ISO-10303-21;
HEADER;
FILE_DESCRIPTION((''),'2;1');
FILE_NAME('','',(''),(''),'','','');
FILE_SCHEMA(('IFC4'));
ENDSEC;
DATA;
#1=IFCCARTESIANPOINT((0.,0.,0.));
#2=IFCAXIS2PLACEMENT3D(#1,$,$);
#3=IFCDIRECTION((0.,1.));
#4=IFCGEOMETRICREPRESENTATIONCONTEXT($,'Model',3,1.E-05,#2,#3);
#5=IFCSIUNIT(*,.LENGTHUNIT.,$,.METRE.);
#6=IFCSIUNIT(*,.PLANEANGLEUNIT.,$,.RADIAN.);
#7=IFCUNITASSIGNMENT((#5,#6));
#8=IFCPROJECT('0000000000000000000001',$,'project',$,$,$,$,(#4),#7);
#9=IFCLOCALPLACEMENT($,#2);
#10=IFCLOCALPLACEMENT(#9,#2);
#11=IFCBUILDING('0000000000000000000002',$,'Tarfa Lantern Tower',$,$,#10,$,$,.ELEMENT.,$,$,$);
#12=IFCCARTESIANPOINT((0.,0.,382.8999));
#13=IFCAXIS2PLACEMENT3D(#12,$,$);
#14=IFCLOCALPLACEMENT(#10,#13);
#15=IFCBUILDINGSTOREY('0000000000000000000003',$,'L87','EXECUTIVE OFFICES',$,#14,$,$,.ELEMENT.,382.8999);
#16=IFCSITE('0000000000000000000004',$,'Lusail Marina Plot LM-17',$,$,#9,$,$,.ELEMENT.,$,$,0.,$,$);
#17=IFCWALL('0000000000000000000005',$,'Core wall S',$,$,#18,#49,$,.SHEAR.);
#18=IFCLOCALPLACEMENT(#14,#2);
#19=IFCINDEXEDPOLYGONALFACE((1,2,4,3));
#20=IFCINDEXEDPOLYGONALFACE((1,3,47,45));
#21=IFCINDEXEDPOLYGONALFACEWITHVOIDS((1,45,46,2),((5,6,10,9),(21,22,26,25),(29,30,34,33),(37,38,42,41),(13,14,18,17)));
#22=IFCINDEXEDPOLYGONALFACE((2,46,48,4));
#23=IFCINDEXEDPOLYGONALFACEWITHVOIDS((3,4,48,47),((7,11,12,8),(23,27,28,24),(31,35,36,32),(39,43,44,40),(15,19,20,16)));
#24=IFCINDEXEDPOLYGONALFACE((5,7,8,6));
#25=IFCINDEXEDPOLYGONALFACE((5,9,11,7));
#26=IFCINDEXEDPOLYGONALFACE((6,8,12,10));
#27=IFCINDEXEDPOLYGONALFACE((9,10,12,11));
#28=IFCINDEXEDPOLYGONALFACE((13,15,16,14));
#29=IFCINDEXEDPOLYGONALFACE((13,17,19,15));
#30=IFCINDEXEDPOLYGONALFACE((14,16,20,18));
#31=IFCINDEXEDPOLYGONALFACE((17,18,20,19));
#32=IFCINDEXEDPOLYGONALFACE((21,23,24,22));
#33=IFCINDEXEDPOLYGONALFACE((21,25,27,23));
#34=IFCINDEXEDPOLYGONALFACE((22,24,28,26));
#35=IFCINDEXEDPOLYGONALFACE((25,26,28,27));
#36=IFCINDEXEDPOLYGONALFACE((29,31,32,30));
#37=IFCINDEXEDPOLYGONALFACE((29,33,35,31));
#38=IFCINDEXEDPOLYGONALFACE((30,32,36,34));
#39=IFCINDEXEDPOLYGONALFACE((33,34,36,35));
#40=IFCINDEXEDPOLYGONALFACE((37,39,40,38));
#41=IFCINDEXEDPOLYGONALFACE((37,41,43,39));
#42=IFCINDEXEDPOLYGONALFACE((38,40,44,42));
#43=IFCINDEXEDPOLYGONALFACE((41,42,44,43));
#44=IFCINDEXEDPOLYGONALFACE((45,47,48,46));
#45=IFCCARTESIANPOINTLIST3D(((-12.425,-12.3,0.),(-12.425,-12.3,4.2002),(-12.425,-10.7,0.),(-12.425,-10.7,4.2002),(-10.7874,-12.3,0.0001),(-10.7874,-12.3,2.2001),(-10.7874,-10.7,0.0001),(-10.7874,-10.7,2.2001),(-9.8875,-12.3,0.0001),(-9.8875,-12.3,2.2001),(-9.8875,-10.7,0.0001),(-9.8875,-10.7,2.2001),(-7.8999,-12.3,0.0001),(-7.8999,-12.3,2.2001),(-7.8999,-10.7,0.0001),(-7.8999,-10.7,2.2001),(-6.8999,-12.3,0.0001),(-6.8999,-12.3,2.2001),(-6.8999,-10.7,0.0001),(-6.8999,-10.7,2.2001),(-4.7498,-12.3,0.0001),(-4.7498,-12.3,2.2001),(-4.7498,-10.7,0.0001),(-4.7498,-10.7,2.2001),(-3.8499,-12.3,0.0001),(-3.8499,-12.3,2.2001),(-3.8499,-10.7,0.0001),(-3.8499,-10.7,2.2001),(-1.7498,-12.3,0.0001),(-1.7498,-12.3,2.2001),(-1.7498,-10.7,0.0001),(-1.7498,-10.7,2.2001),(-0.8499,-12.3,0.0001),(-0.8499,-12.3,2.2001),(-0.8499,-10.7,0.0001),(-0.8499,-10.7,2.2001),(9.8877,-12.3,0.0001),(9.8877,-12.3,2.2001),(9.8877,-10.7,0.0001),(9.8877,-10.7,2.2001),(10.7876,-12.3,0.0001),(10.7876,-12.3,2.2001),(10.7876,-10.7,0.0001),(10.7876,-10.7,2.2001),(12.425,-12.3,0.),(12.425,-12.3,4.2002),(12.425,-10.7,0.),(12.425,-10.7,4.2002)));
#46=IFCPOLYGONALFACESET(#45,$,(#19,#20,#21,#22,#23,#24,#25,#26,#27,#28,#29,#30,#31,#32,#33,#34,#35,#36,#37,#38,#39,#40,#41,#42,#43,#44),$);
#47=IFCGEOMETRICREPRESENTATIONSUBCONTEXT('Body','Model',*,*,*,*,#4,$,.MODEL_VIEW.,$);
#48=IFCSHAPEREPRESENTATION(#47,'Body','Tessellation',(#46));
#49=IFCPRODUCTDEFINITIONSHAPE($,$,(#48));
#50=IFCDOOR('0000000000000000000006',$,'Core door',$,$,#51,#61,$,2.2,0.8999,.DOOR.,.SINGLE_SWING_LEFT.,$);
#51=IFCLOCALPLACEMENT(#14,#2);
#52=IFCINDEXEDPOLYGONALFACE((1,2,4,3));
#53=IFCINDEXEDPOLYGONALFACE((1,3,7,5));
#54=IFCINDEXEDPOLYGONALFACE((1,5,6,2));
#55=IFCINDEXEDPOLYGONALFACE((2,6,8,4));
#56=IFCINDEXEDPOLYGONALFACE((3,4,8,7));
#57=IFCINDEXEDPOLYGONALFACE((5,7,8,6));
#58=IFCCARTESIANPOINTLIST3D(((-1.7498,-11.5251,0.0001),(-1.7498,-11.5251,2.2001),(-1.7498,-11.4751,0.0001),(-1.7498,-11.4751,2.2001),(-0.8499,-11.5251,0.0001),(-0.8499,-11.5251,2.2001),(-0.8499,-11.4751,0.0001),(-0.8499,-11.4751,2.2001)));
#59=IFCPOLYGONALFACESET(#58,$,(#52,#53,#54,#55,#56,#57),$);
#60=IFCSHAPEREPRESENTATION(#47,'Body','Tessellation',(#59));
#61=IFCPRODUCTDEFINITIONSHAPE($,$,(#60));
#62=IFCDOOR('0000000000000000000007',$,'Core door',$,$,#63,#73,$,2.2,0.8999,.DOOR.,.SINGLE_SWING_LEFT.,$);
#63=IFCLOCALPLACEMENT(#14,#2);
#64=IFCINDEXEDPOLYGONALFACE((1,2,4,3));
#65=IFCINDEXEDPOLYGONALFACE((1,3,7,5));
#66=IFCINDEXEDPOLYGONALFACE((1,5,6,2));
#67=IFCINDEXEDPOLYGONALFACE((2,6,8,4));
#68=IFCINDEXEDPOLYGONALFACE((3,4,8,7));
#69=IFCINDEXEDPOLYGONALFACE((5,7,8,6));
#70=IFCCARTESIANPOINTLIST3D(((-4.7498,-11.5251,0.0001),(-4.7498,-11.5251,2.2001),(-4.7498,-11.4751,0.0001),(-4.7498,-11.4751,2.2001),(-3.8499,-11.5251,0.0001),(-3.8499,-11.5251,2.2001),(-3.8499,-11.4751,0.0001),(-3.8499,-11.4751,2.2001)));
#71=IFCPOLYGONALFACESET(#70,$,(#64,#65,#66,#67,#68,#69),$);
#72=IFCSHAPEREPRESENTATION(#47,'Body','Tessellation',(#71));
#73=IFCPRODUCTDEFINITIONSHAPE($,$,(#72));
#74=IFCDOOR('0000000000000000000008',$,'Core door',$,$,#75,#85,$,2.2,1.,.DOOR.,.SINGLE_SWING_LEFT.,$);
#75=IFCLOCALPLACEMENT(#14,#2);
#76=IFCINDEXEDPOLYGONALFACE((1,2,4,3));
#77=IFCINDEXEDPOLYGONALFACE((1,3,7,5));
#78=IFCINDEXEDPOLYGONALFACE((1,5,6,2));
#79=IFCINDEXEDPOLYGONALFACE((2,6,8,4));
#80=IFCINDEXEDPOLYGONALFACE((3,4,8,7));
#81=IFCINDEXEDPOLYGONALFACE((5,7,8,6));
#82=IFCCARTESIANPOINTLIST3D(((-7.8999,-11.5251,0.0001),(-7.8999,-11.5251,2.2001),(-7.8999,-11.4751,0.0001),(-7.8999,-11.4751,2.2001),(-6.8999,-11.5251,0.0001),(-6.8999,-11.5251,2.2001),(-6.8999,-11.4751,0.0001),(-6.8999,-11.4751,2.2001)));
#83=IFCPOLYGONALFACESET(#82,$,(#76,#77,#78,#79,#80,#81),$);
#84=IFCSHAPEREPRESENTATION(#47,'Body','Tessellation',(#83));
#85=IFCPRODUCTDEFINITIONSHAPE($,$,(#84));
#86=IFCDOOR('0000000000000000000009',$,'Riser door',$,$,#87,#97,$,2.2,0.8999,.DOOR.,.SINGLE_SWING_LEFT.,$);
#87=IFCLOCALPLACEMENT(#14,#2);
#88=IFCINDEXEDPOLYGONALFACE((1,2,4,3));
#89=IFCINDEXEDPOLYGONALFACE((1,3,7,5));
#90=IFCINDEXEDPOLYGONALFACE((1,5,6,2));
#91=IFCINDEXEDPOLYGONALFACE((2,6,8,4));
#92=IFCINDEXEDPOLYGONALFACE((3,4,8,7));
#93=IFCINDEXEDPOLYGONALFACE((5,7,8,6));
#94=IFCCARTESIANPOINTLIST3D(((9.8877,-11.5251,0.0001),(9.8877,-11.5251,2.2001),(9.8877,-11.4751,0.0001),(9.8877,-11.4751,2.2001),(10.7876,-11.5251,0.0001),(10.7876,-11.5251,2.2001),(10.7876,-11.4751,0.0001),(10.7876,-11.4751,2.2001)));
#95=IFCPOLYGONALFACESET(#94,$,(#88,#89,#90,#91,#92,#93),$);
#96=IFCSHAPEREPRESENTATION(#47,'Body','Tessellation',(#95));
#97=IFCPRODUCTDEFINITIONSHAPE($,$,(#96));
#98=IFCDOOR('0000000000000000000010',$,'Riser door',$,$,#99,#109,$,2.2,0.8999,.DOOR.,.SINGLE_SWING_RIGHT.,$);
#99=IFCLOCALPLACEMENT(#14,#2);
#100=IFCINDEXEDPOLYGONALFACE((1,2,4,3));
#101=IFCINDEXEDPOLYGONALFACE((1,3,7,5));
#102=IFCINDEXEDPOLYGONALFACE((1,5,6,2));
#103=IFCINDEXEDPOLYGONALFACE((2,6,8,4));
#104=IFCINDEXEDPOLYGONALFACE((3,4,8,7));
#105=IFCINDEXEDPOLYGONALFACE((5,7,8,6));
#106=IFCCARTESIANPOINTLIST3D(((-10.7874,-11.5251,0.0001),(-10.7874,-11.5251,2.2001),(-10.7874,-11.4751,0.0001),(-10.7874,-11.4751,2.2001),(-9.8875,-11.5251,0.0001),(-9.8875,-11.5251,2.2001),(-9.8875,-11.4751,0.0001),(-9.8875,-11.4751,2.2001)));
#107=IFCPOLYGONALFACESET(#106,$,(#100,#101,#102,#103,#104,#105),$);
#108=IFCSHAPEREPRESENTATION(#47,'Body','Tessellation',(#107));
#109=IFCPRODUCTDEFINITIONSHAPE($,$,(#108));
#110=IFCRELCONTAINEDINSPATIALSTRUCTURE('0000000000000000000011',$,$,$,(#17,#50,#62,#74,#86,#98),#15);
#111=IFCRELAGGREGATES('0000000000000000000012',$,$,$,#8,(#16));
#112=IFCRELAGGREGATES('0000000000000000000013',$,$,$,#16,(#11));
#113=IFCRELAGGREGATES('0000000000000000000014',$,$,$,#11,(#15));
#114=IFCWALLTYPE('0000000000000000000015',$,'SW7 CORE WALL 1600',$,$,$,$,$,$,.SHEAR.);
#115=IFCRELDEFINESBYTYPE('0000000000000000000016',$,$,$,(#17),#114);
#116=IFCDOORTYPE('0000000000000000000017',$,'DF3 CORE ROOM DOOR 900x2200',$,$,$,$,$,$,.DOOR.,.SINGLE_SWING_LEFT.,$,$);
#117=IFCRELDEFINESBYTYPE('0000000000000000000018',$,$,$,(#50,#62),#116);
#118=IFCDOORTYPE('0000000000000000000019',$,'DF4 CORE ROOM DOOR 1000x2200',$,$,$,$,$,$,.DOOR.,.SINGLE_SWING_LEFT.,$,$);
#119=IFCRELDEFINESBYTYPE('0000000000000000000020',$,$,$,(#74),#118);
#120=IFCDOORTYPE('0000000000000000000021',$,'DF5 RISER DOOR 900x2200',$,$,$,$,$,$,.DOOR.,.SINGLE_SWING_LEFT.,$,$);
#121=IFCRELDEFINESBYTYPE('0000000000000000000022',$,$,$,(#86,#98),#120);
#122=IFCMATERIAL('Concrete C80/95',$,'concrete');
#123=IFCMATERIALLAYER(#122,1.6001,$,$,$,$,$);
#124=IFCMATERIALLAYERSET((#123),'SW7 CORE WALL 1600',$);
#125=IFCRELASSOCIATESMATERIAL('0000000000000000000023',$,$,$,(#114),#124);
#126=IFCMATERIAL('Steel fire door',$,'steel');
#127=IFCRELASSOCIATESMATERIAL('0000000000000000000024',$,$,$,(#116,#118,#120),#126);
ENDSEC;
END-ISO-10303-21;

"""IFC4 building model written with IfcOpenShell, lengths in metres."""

from ifc_helpers import new_model, si_unit, direction, frame, frame_2d, origin, place, context, subcontext, project, spatial, rectangle, extrude, material, layer, layer_set, type_object, element, fill, save


model = new_model("IFC4")

# Units and contexts
model_context = context("Model", 3, precision=1e-05, world=origin(), true_north=direction((0.0, 1.0)))
body_context = subcontext(model_context, "Body", "Model", "MODEL_VIEW")
ifc_project = project(units=[si_unit("LENGTHUNIT", "METRE"), si_unit("PLANEANGLEUNIT", "RADIAN")], contexts=[model_context])

# Site, building, storey
site_placement = place(None, origin())
site = spatial("IfcSite", under=ifc_project, at=site_placement, Name="Lusail Marina Plot LM-17", CompositionType="ELEMENT", RefElevation=0.0)
building_placement = place(site_placement, origin())
building = spatial("IfcBuilding", under=site, at=building_placement, Name="Tarfa Lantern Tower", CompositionType="ELEMENT")
storey_placement = place(building_placement, frame((0.0, 0.0, 382.8999)))
storey = spatial("IfcBuildingStorey", under=building, at=storey_placement, Name="L87", Description="EXECUTIVE OFFICES", CompositionType="ELEMENT", Elevation=382.8999)

# Shared definitions
ifc_material_1 = material(Name="Concrete C80/95", Category="concrete")

# Wall, openings, doors
ifc_layer_1 = layer(ifc_material_1, 1.6001)
ifc_layer_set_1 = layer_set([ifc_layer_1], Name="SW7 CORE WALL 1600")
wall_type_1 = type_object("IfcWallType", Name="SW7 CORE WALL 1600", PredefinedType="SHEAR", material=ifc_layer_set_1)
wall_1_placement = place(storey_placement, frame((12.425, -11.5, 0.0), z_axis=(0.0, 0.0, 1.0), x_axis=(-1.0, 0.0, 0.0)))
wall_1 = element("IfcWall", 1, at=wall_1_placement, inside=storey, type_object=wall_type_1, Name="Core wall S", PredefinedType="SHEAR", context=body_context, shape_type="SweptSolid", body=[
    extrude(rectangle(XDim=24.8501, YDim=1.6001, at=frame_2d((12.425, 0.0))), origin(), (0.0, 0.0, 1.0), 4.2002),
])
opening_1_placement = place(wall_1_placement, frame((13.2749, 0.0, 0.0)))
opening_1 = element("IfcOpeningElement", 2, at=opening_1_placement, cuts=wall_1, PredefinedType="OPENING", context=body_context, shape_type="SweptSolid", body=[
    extrude(rectangle(XDim=0.8999, YDim=2.2, at=frame_2d((0.45, 1.1001))), frame((0.0, 0.8101, 0.0), z_axis=(0.0, -1.0, 0.0), x_axis=(1.0, 0.0, 0.0)), (0.0, 0.0, 1.0), 1.6201),
])
opening_2_placement = place(wall_1_placement, frame((16.2749, 0.0, 0.0)))
opening_2 = element("IfcOpeningElement", 3, at=opening_2_placement, cuts=wall_1, PredefinedType="OPENING", context=body_context, shape_type="SweptSolid", body=[
    extrude(rectangle(XDim=0.8999, YDim=2.2, at=frame_2d((0.45, 1.1001))), frame((0.0, 0.8101, 0.0), z_axis=(0.0, -1.0, 0.0), x_axis=(1.0, 0.0, 0.0)), (0.0, 0.0, 1.0), 1.6201),
])
opening_3_placement = place(wall_1_placement, frame((19.325, 0.0, 0.0)))
opening_3 = element("IfcOpeningElement", 4, at=opening_3_placement, cuts=wall_1, PredefinedType="OPENING", context=body_context, shape_type="SweptSolid", body=[
    extrude(rectangle(XDim=1.0, YDim=2.2, at=frame_2d((0.5, 1.1001))), frame((0.0, 0.8101, 0.0), z_axis=(0.0, -1.0, 0.0), x_axis=(1.0, 0.0, 0.0)), (0.0, 0.0, 1.0), 1.6201),
])
opening_4_placement = place(wall_1_placement, frame((1.6375, 0.0, 0.0)))
opening_4 = element("IfcOpeningElement", 5, at=opening_4_placement, cuts=wall_1, PredefinedType="OPENING", context=body_context, shape_type="SweptSolid", body=[
    extrude(rectangle(XDim=0.8999, YDim=2.2, at=frame_2d((0.45, 1.1001))), frame((0.0, 0.8101, 0.0), z_axis=(0.0, -1.0, 0.0), x_axis=(1.0, 0.0, 0.0)), (0.0, 0.0, 1.0), 1.6201),
])
opening_5_placement = place(wall_1_placement, frame((22.3125, 0.0, 0.0)))
opening_5 = element("IfcOpeningElement", 6, at=opening_5_placement, cuts=wall_1, PredefinedType="OPENING", context=body_context, shape_type="SweptSolid", body=[
    extrude(rectangle(XDim=0.8999, YDim=2.2, at=frame_2d((0.45, 1.1001))), frame((0.0, 0.8101, 0.0), z_axis=(0.0, -1.0, 0.0), x_axis=(1.0, 0.0, 0.0)), (0.0, 0.0, 1.0), 1.6201),
])
ifc_material_2 = material(Name="Steel fire door", Category="steel")
door_type_1 = type_object("IfcDoorType", Name="DF3 CORE ROOM DOOR 900x2200", OperationType="SINGLE_SWING_LEFT", PredefinedType="DOOR", material=ifc_material_2)
door_1_placement = place(opening_1_placement, frame((0.8999, 0.0, 0.0), z_axis=(0.0, 0.0, 1.0), x_axis=(-1.0, 0.0, 0.0)))
door_1 = element("IfcDoor", 7, at=door_1_placement, inside=storey, type_object=door_type_1, Name="Core door", OperationType="SINGLE_SWING_LEFT", OverallHeight=2.2, OverallWidth=0.8999, PredefinedType="DOOR", context=body_context, shape_type="SweptSolid", body=[
    extrude(rectangle(XDim=0.8999, YDim=2.2, at=frame_2d((0.45, 1.1001))), frame((0.0, 0.0249, 0.0), z_axis=(0.0, -1.0, 0.0), x_axis=(1.0, 0.0, 0.0)), (0.0, 0.0, 1.0), 0.05),
])
fill(opening_1, door_1)
door_2_placement = place(opening_2_placement, frame((0.8999, 0.0, 0.0), z_axis=(0.0, 0.0, 1.0), x_axis=(-1.0, 0.0, 0.0)))
door_2 = element("IfcDoor", 8, at=door_2_placement, inside=storey, type_object=door_type_1, Name="Core door", OperationType="SINGLE_SWING_LEFT", OverallHeight=2.2, OverallWidth=0.8999, PredefinedType="DOOR", context=body_context, shape_type="SweptSolid", body=[
    extrude(rectangle(XDim=0.8999, YDim=2.2, at=frame_2d((0.45, 1.1001))), frame((0.0, 0.0249, 0.0), z_axis=(0.0, -1.0, 0.0), x_axis=(1.0, 0.0, 0.0)), (0.0, 0.0, 1.0), 0.05),
])
fill(opening_2, door_2)
door_type_2 = type_object("IfcDoorType", Name="DF4 CORE ROOM DOOR 1000x2200", OperationType="SINGLE_SWING_LEFT", PredefinedType="DOOR", material=ifc_material_2)
door_3_placement = place(opening_3_placement, frame((1.0, 0.0, 0.0), z_axis=(0.0, 0.0, 1.0), x_axis=(-1.0, 0.0, 0.0)))
door_3 = element("IfcDoor", 9, at=door_3_placement, inside=storey, type_object=door_type_2, Name="Core door", OperationType="SINGLE_SWING_LEFT", OverallHeight=2.2, OverallWidth=1.0, PredefinedType="DOOR", context=body_context, shape_type="SweptSolid", body=[
    extrude(rectangle(XDim=1.0, YDim=2.2, at=frame_2d((0.5, 1.1001))), frame((0.0, 0.0249, 0.0), z_axis=(0.0, -1.0, 0.0), x_axis=(1.0, 0.0, 0.0)), (0.0, 0.0, 1.0), 0.05),
])
fill(opening_3, door_3)
door_type_3 = type_object("IfcDoorType", Name="DF5 RISER DOOR 900x2200", OperationType="SINGLE_SWING_LEFT", PredefinedType="DOOR", material=ifc_material_2)
door_4_placement = place(opening_4_placement, frame((0.8999, 0.0, 0.0), z_axis=(0.0, 0.0, 1.0), x_axis=(-1.0, 0.0, 0.0)))
door_4 = element("IfcDoor", 10, at=door_4_placement, inside=storey, type_object=door_type_3, Name="Riser door", OperationType="SINGLE_SWING_LEFT", OverallHeight=2.2, OverallWidth=0.8999, PredefinedType="DOOR", context=body_context, shape_type="SweptSolid", body=[
    extrude(rectangle(XDim=0.8999, YDim=2.2, at=frame_2d((0.45, 1.1001))), frame((0.0, 0.0249, 0.0), z_axis=(0.0, -1.0, 0.0), x_axis=(1.0, 0.0, 0.0)), (0.0, 0.0, 1.0), 0.05),
])
fill(opening_4, door_4)
door_5_placement = place(opening_5_placement, frame((0.8999, 0.0, 0.0), z_axis=(0.0, 0.0, 1.0), x_axis=(-1.0, 0.0, 0.0)))
door_5 = element("IfcDoor", 11, at=door_5_placement, inside=storey, type_object=door_type_3, Name="Riser door", OperationType="SINGLE_SWING_RIGHT", OverallHeight=2.2, OverallWidth=0.8999, PredefinedType="DOOR", context=body_context, shape_type="SweptSolid", body=[
    extrude(rectangle(XDim=0.8999, YDim=2.2, at=frame_2d((0.45, 1.1001))), frame((0.0, 0.0249, 0.0), z_axis=(0.0, -1.0, 0.0), x_axis=(1.0, 0.0, 0.0)), (0.0, 0.0, 1.0), 0.05),
])
fill(opening_5, door_5)

save(model, "model.ifc")
